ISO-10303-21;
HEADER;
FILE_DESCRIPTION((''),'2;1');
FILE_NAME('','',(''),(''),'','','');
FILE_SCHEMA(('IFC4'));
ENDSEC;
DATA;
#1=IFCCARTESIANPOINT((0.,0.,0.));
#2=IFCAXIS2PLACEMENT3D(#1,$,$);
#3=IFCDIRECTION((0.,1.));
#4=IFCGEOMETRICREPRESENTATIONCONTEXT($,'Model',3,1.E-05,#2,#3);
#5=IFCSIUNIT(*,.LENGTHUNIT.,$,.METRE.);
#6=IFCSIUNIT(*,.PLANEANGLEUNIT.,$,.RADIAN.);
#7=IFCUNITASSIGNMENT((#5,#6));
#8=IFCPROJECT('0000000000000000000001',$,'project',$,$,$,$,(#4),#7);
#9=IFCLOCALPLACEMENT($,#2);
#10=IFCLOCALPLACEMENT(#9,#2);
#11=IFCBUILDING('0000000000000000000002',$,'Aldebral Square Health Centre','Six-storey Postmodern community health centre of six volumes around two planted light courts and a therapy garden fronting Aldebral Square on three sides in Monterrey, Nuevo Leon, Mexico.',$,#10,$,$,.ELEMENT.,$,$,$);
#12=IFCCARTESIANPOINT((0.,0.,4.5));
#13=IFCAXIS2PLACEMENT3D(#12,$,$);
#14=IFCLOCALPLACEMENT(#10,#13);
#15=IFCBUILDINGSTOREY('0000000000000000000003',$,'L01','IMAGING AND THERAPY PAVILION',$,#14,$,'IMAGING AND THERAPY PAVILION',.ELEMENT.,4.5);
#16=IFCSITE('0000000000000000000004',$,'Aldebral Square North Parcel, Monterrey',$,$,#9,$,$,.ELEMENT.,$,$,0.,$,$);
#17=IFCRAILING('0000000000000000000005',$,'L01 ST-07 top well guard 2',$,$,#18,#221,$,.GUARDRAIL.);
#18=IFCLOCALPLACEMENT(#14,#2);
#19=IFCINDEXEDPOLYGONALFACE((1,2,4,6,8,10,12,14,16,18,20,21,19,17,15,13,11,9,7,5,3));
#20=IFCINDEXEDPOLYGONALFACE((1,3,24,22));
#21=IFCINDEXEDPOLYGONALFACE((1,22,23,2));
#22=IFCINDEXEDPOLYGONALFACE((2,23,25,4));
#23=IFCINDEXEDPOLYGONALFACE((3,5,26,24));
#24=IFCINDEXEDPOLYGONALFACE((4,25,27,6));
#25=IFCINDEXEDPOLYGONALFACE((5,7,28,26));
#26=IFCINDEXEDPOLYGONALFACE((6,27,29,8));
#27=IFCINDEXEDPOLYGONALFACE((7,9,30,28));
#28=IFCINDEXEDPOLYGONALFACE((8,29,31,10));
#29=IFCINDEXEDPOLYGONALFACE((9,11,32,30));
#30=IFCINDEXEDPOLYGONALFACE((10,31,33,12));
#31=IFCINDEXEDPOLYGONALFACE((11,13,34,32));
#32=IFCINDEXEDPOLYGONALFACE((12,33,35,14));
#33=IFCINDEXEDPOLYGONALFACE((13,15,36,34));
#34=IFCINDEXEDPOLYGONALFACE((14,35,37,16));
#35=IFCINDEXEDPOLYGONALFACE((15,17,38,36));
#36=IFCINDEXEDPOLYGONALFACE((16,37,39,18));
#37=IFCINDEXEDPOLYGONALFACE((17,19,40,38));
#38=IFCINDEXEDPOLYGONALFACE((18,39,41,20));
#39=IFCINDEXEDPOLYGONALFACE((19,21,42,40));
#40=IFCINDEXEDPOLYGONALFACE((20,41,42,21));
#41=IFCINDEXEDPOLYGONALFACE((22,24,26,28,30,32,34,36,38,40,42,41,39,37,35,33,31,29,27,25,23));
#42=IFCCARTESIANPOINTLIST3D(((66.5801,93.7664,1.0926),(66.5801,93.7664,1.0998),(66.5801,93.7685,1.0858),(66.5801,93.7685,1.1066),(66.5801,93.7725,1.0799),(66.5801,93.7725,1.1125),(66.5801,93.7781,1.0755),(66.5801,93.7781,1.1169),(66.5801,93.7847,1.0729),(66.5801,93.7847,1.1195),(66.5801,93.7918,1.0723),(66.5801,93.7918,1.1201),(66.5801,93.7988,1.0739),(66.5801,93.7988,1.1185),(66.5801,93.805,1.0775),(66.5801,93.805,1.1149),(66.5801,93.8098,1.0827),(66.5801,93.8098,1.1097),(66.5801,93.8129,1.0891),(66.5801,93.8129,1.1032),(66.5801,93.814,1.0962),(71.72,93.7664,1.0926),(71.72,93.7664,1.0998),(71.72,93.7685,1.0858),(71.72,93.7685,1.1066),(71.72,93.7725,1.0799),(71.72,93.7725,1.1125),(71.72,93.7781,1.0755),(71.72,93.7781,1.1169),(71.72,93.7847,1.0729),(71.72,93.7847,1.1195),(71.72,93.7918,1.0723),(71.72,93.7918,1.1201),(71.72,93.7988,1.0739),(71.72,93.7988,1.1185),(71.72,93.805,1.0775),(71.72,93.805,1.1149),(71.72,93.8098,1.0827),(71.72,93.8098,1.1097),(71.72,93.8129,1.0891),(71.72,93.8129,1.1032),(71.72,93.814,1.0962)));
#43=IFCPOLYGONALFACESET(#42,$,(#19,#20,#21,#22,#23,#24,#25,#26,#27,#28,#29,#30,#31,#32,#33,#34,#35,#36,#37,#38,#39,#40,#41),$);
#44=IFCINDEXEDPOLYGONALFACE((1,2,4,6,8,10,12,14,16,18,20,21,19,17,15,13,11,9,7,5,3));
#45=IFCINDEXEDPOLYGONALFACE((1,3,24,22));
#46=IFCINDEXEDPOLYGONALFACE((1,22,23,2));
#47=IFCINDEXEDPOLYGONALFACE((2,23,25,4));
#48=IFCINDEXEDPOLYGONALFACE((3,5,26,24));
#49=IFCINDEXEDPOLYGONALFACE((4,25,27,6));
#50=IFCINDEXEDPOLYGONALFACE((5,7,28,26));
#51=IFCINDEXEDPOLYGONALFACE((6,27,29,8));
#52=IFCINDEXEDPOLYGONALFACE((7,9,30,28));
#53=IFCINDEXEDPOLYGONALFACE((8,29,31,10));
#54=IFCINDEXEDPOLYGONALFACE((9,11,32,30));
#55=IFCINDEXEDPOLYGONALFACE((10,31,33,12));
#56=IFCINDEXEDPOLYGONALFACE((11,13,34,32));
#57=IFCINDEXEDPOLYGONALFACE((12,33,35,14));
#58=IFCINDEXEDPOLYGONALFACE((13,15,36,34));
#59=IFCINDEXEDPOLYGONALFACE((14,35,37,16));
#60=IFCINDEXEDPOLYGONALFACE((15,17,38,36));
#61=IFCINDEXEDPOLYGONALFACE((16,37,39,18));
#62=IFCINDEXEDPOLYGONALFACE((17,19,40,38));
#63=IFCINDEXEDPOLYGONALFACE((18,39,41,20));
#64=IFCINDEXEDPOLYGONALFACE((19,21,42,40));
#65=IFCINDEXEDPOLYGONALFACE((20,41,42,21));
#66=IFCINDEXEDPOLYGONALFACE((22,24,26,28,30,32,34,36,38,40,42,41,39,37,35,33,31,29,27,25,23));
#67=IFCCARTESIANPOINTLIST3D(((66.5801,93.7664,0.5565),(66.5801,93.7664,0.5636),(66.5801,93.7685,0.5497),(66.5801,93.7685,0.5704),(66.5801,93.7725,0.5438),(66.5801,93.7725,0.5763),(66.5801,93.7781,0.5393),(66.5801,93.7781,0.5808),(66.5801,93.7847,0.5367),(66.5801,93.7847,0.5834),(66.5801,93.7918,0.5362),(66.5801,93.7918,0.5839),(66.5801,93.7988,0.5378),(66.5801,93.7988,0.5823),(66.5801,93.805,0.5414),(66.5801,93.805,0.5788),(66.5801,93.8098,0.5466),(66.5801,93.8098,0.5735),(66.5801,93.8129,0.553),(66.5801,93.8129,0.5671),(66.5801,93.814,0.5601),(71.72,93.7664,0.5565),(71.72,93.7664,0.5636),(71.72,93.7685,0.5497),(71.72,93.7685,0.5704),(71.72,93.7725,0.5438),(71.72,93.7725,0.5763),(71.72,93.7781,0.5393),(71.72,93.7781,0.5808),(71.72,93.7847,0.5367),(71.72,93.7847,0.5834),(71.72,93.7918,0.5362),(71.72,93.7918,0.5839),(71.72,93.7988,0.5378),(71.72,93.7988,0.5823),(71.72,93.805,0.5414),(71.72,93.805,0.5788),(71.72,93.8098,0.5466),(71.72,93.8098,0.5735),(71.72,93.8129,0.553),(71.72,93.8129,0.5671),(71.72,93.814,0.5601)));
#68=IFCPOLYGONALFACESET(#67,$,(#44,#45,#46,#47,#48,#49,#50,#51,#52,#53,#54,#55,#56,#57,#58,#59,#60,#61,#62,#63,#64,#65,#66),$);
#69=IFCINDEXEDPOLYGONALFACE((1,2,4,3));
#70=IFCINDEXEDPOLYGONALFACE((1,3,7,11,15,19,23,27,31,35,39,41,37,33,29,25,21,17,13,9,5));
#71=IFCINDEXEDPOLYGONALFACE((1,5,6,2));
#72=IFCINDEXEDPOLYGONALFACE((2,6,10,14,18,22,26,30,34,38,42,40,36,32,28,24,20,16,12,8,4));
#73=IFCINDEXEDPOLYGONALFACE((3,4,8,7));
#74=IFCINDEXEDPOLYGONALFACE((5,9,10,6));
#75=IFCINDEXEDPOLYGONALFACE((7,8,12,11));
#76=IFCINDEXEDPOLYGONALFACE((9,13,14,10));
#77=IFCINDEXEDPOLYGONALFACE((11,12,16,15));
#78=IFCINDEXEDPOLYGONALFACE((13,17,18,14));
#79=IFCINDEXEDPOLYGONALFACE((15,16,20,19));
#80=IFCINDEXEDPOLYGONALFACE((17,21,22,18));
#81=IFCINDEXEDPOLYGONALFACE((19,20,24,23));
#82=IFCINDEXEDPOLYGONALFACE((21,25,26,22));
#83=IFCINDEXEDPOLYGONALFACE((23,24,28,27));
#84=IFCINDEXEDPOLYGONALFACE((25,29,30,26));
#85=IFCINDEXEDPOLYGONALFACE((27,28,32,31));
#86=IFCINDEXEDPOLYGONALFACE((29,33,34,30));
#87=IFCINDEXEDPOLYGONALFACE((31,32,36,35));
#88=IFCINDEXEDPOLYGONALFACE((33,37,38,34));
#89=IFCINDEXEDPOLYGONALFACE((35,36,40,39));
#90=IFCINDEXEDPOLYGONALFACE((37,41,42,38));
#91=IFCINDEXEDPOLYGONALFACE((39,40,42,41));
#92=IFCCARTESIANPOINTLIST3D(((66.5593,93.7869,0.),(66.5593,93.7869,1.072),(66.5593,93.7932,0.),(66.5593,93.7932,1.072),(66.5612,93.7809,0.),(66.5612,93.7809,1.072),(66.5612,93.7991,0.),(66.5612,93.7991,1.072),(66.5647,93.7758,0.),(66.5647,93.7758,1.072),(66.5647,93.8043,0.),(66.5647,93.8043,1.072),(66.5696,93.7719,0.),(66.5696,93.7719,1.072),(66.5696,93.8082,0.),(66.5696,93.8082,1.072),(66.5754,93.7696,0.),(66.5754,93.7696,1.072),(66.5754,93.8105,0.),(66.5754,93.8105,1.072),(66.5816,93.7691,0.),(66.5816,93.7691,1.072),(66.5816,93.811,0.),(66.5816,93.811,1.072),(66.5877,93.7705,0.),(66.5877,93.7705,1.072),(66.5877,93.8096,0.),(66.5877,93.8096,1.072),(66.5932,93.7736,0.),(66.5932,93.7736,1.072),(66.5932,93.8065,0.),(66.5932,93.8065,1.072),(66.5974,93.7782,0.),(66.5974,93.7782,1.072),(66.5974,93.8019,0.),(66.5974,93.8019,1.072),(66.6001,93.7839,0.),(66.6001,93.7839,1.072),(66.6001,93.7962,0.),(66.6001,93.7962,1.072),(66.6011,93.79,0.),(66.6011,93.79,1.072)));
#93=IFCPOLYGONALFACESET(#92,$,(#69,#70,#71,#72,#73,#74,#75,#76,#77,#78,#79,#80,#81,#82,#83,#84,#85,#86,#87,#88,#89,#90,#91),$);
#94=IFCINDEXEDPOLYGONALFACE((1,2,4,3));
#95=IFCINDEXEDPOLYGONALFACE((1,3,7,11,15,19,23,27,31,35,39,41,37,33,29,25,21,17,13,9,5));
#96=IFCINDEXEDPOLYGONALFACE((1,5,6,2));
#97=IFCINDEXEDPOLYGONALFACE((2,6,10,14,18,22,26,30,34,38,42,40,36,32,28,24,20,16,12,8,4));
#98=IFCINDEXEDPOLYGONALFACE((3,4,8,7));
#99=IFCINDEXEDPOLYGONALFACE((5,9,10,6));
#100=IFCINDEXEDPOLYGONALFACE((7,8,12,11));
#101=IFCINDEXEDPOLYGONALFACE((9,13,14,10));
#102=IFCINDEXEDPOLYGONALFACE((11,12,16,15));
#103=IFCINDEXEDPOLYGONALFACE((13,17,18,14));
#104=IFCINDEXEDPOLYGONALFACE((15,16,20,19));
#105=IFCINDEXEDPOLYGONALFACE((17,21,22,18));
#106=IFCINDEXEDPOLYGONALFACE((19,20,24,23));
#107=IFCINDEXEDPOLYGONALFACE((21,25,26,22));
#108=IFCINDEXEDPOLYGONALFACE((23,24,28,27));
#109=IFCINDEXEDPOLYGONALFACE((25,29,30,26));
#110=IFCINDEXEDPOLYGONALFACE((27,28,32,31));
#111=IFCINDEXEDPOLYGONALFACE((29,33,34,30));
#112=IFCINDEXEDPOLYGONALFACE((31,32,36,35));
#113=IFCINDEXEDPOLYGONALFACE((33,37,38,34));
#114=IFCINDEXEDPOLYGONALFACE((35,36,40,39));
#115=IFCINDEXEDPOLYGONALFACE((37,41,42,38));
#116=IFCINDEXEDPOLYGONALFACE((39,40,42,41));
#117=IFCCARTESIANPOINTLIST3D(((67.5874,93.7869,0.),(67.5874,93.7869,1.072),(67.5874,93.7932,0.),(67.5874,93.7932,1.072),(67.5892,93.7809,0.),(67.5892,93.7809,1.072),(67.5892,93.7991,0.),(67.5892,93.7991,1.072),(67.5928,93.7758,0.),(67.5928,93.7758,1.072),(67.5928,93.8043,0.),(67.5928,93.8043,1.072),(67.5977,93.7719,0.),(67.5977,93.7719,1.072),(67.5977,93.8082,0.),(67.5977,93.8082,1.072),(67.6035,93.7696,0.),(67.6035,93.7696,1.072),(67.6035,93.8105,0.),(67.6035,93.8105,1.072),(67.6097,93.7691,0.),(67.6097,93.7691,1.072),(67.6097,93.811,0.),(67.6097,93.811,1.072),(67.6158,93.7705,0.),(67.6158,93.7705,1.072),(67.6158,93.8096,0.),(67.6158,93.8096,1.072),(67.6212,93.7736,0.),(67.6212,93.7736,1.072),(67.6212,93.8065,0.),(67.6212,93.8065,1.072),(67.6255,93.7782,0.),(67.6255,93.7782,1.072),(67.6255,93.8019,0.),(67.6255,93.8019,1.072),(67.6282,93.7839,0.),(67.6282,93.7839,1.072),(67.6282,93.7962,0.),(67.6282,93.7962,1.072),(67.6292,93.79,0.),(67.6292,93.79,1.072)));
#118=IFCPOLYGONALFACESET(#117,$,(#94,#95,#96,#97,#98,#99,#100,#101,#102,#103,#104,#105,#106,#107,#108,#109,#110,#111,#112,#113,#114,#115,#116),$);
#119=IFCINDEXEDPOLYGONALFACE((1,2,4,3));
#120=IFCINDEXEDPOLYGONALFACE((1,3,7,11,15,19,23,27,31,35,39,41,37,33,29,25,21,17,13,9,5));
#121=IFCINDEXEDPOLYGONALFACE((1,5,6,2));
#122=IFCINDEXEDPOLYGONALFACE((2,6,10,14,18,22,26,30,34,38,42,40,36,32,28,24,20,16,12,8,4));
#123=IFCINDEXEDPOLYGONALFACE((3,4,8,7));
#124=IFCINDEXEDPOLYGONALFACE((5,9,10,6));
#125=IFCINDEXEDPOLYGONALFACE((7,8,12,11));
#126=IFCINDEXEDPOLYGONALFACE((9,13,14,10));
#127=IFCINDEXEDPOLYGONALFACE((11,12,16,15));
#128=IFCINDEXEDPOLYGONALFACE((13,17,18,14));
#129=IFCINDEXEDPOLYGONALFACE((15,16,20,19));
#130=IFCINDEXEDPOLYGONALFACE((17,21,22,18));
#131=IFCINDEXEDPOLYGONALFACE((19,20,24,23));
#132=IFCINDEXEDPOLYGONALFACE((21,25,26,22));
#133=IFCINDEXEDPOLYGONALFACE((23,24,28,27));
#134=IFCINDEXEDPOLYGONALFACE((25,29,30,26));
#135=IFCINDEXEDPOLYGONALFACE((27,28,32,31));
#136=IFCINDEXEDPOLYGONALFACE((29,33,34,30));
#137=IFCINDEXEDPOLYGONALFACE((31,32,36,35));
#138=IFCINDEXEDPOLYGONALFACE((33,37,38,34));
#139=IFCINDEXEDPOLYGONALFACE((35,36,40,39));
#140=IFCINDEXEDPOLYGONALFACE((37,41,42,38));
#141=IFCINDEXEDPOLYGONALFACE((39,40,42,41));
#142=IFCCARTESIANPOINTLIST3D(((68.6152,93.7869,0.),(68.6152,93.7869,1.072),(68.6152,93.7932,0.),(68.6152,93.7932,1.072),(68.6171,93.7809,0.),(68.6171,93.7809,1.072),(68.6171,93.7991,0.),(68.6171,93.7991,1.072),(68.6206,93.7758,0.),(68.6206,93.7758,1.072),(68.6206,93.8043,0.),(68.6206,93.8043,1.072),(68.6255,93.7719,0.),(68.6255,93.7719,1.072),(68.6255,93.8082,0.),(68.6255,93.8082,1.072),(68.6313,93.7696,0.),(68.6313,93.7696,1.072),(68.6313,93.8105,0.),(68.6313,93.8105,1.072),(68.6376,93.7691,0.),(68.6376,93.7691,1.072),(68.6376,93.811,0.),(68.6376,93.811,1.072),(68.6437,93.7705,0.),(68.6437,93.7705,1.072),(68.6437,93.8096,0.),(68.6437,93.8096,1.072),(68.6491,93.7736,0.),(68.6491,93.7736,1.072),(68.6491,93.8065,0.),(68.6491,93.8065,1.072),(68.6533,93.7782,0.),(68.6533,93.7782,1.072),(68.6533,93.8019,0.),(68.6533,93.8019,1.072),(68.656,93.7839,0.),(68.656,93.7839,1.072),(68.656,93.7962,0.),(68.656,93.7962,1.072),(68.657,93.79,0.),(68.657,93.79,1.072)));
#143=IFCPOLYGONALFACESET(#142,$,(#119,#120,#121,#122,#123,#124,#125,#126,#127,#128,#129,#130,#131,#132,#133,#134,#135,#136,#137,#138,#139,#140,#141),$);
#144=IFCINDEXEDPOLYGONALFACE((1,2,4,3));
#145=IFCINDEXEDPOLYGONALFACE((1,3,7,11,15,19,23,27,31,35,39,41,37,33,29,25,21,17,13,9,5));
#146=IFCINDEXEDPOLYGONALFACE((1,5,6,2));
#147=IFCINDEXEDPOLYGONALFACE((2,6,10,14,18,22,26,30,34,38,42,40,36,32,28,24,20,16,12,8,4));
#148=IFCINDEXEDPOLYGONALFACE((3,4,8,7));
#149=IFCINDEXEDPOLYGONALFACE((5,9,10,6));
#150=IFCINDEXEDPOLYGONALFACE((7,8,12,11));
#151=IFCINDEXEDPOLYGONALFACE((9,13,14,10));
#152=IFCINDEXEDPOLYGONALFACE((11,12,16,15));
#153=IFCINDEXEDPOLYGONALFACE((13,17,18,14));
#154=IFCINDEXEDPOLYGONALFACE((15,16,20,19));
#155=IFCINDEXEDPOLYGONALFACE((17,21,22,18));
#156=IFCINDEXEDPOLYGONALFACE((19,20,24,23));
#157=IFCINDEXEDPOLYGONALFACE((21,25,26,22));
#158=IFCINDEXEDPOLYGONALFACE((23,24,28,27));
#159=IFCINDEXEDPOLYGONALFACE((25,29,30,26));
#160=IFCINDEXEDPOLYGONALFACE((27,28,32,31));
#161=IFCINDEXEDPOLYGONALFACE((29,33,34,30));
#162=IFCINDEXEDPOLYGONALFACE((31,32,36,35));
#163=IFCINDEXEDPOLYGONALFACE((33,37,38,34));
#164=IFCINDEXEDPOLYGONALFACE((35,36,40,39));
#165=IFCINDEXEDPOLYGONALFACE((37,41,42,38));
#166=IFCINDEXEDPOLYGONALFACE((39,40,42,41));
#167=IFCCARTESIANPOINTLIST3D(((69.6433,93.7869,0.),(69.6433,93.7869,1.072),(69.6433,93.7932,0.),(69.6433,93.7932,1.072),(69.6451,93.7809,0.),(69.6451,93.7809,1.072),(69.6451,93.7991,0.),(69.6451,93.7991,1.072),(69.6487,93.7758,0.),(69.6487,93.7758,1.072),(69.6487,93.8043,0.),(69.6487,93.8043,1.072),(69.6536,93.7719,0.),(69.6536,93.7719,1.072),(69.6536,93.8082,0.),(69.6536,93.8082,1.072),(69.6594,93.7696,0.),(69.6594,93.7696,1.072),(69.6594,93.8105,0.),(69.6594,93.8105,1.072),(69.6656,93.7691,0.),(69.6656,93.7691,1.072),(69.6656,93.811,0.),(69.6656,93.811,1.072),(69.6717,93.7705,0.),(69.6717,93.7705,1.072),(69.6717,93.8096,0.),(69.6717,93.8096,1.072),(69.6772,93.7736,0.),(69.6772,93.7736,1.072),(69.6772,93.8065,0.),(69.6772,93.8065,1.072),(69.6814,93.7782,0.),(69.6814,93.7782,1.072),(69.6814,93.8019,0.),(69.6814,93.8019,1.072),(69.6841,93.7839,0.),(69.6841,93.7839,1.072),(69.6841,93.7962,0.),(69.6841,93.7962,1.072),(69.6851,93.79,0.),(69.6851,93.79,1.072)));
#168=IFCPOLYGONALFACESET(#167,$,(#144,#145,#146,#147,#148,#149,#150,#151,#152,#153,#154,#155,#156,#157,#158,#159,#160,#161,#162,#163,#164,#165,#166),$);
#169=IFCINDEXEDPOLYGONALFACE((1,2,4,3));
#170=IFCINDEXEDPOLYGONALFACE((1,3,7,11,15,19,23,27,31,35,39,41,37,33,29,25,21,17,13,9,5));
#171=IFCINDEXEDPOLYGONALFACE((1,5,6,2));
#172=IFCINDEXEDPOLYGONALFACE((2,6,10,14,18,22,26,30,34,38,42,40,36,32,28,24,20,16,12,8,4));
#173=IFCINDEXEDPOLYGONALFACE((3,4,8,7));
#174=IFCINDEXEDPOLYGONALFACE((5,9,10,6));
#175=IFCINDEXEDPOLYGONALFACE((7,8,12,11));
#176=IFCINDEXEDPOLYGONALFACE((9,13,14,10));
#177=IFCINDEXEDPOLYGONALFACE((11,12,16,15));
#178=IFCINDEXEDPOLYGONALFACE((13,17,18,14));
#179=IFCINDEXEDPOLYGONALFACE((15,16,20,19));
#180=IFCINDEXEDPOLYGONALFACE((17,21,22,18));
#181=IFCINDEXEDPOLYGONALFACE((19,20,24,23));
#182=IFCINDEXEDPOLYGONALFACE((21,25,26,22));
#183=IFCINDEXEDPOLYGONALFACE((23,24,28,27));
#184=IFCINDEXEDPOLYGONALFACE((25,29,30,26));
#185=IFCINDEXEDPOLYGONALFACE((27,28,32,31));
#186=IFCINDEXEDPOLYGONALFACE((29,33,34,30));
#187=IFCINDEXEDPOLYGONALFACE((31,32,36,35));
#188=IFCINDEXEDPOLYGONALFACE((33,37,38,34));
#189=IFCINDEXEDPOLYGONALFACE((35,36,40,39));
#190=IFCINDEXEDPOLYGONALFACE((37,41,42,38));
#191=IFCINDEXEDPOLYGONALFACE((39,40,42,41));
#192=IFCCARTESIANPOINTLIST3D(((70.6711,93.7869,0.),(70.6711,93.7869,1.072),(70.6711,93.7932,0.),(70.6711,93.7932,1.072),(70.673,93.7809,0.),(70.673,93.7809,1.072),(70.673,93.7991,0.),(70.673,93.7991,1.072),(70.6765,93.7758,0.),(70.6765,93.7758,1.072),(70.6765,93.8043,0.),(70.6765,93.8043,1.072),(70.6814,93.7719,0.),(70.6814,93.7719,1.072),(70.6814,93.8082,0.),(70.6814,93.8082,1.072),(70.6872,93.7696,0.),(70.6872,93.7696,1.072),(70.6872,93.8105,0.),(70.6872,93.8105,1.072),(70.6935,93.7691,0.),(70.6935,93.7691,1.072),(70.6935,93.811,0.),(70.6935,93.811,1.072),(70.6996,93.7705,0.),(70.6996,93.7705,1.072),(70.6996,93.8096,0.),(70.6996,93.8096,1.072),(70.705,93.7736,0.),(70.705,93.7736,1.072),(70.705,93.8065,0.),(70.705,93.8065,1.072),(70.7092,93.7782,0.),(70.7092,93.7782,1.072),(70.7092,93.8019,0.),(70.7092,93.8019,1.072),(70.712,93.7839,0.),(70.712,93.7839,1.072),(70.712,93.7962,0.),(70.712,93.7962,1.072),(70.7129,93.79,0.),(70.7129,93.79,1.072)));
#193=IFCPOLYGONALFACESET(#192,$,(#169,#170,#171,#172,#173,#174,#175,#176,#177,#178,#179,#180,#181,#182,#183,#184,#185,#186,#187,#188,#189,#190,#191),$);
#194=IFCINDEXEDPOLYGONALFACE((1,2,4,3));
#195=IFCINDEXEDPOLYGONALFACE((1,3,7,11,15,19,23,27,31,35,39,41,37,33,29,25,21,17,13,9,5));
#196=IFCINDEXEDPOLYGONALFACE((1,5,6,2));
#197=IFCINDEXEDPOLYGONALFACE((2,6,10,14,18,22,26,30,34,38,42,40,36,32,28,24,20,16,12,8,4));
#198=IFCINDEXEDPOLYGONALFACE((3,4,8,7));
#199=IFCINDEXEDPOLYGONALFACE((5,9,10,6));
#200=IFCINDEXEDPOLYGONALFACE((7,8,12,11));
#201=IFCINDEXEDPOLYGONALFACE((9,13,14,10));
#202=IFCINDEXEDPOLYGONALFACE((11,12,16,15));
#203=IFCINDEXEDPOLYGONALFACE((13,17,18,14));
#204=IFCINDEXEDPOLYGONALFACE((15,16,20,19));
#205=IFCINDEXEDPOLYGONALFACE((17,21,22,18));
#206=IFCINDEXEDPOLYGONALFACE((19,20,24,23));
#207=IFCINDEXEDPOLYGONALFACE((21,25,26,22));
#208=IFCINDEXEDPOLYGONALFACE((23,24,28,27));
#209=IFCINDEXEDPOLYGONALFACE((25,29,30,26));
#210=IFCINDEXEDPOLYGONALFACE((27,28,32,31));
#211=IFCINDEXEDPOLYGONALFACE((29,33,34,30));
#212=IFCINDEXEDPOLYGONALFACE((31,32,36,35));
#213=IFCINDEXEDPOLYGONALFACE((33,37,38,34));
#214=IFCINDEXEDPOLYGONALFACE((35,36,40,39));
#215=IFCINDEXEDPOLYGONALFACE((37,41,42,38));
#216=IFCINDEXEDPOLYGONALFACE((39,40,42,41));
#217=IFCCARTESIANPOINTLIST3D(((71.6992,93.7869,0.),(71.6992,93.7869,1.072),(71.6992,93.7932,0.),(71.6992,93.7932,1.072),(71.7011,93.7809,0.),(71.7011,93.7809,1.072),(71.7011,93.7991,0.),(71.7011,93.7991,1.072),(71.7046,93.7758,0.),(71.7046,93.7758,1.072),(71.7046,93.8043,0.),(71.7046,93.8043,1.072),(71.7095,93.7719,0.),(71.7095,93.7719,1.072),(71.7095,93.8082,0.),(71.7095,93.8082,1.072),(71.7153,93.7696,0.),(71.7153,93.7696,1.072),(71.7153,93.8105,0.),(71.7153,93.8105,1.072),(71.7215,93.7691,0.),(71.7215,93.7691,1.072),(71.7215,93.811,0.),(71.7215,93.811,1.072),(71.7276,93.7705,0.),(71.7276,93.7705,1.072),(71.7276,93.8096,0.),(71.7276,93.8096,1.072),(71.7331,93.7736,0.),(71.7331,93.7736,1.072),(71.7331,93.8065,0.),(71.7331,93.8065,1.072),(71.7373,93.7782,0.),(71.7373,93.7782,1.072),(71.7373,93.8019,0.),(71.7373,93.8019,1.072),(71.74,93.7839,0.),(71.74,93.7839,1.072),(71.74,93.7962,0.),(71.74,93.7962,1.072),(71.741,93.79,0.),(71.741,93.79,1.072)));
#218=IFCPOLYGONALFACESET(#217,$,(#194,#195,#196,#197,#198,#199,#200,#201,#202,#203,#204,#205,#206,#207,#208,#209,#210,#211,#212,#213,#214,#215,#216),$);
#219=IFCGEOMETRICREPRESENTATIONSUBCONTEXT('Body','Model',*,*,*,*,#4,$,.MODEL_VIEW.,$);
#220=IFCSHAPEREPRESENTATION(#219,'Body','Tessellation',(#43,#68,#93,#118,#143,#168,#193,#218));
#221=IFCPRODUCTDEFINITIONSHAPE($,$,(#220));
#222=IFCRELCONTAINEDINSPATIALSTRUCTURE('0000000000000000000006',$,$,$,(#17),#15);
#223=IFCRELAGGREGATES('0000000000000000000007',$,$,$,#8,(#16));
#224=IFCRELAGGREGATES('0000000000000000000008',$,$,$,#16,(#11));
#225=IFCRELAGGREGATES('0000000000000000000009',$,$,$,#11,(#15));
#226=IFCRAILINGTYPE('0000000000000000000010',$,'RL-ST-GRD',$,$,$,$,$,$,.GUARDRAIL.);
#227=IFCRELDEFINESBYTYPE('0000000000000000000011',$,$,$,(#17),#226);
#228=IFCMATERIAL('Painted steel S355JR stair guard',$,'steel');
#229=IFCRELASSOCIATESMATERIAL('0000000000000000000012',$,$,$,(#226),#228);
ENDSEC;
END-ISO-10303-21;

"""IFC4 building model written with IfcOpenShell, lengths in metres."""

from ifc_helpers import new_model, si_unit, direction, frame, origin, origin_2d, place, context, subcontext, project, spatial, circle, extrude, material, type_object, element, save


model = new_model("IFC4")

# Units and contexts
model_context = context("Model", 3, precision=1e-05, world=origin(), true_north=direction((0.0, 1.0)))
body_context = subcontext(model_context, "Body", "Model", "MODEL_VIEW")
ifc_project = project(units=[si_unit("LENGTHUNIT", "METRE"), si_unit("PLANEANGLEUNIT", "RADIAN")], contexts=[model_context])

# Site, building, storey
site_placement = place(None, origin())
site = spatial("IfcSite", under=ifc_project, at=site_placement, Name="Aldebral Square North Parcel, Monterrey", CompositionType="ELEMENT", RefElevation=0.0)
building_placement = place(site_placement, origin())
building = spatial("IfcBuilding", under=site, at=building_placement, Name="Aldebral Square Health Centre", Description="Six-storey Postmodern community health centre of six volumes around two planted light courts and a therapy garden fronting Aldebral Square on three sides in Monterrey, Nuevo Leon, Mexico.", CompositionType="ELEMENT")
storey_placement = place(building_placement, frame((0.0, 0.0, 4.5)))
storey = spatial("IfcBuildingStorey", under=building, at=storey_placement, Name="L01", Description="IMAGING AND THERAPY PAVILION", LongName="IMAGING AND THERAPY PAVILION", CompositionType="ELEMENT", Elevation=4.5)

# Railing
ifc_material_1 = material(Name="Painted steel S355JR stair guard", Category="steel")
railing_type_1 = type_object("IfcRailingType", Name="RL-ST-GRD", PredefinedType="GUARDRAIL", material=ifc_material_1)
railing_1_placement = place(storey_placement, frame((66.5801, 93.79, 0.0)))
element("IfcRailing", 1, at=railing_1_placement, inside=storey, type_object=railing_type_1, Name="L01 ST-07 top well guard 2", PredefinedType="GUARDRAIL", context=body_context, shape_type="SweptSolid", body=[
    extrude(circle(Radius=0.0239, at=origin_2d()), frame((0.0, 0.0, 1.0962), z_axis=(1.0, 0.0, 0.0), x_axis=(0.0, 1.0, 0.0)), (0.0, 0.0, 1.0), 5.1399),
    extrude(circle(Radius=0.0239, at=origin_2d()), frame((0.0, 0.0, 0.5601), z_axis=(1.0, 0.0, 0.0), x_axis=(0.0, 1.0, 0.0)), (0.0, 0.0, 1.0), 5.1399),
    extrude(circle(Radius=0.021, at=origin_2d()), origin(), (0.0, 0.0, 1.0), 1.072),
    extrude(circle(Radius=0.021, at=origin_2d()), frame((1.0281, 0.0, 0.0)), (0.0, 0.0, 1.0), 1.072),
    extrude(circle(Radius=0.021, at=origin_2d()), frame((2.0559, 0.0, 0.0)), (0.0, 0.0, 1.0), 1.072),
    extrude(circle(Radius=0.021, at=origin_2d()), frame((3.084, 0.0, 0.0)), (0.0, 0.0, 1.0), 1.072),
    extrude(circle(Radius=0.021, at=origin_2d()), frame((4.1118, 0.0, 0.0)), (0.0, 0.0, 1.0), 1.072),
    extrude(circle(Radius=0.021, at=origin_2d()), frame((5.1399, 0.0, 0.0)), (0.0, 0.0, 1.0), 1.072),
])

save(model, "model.ifc")
